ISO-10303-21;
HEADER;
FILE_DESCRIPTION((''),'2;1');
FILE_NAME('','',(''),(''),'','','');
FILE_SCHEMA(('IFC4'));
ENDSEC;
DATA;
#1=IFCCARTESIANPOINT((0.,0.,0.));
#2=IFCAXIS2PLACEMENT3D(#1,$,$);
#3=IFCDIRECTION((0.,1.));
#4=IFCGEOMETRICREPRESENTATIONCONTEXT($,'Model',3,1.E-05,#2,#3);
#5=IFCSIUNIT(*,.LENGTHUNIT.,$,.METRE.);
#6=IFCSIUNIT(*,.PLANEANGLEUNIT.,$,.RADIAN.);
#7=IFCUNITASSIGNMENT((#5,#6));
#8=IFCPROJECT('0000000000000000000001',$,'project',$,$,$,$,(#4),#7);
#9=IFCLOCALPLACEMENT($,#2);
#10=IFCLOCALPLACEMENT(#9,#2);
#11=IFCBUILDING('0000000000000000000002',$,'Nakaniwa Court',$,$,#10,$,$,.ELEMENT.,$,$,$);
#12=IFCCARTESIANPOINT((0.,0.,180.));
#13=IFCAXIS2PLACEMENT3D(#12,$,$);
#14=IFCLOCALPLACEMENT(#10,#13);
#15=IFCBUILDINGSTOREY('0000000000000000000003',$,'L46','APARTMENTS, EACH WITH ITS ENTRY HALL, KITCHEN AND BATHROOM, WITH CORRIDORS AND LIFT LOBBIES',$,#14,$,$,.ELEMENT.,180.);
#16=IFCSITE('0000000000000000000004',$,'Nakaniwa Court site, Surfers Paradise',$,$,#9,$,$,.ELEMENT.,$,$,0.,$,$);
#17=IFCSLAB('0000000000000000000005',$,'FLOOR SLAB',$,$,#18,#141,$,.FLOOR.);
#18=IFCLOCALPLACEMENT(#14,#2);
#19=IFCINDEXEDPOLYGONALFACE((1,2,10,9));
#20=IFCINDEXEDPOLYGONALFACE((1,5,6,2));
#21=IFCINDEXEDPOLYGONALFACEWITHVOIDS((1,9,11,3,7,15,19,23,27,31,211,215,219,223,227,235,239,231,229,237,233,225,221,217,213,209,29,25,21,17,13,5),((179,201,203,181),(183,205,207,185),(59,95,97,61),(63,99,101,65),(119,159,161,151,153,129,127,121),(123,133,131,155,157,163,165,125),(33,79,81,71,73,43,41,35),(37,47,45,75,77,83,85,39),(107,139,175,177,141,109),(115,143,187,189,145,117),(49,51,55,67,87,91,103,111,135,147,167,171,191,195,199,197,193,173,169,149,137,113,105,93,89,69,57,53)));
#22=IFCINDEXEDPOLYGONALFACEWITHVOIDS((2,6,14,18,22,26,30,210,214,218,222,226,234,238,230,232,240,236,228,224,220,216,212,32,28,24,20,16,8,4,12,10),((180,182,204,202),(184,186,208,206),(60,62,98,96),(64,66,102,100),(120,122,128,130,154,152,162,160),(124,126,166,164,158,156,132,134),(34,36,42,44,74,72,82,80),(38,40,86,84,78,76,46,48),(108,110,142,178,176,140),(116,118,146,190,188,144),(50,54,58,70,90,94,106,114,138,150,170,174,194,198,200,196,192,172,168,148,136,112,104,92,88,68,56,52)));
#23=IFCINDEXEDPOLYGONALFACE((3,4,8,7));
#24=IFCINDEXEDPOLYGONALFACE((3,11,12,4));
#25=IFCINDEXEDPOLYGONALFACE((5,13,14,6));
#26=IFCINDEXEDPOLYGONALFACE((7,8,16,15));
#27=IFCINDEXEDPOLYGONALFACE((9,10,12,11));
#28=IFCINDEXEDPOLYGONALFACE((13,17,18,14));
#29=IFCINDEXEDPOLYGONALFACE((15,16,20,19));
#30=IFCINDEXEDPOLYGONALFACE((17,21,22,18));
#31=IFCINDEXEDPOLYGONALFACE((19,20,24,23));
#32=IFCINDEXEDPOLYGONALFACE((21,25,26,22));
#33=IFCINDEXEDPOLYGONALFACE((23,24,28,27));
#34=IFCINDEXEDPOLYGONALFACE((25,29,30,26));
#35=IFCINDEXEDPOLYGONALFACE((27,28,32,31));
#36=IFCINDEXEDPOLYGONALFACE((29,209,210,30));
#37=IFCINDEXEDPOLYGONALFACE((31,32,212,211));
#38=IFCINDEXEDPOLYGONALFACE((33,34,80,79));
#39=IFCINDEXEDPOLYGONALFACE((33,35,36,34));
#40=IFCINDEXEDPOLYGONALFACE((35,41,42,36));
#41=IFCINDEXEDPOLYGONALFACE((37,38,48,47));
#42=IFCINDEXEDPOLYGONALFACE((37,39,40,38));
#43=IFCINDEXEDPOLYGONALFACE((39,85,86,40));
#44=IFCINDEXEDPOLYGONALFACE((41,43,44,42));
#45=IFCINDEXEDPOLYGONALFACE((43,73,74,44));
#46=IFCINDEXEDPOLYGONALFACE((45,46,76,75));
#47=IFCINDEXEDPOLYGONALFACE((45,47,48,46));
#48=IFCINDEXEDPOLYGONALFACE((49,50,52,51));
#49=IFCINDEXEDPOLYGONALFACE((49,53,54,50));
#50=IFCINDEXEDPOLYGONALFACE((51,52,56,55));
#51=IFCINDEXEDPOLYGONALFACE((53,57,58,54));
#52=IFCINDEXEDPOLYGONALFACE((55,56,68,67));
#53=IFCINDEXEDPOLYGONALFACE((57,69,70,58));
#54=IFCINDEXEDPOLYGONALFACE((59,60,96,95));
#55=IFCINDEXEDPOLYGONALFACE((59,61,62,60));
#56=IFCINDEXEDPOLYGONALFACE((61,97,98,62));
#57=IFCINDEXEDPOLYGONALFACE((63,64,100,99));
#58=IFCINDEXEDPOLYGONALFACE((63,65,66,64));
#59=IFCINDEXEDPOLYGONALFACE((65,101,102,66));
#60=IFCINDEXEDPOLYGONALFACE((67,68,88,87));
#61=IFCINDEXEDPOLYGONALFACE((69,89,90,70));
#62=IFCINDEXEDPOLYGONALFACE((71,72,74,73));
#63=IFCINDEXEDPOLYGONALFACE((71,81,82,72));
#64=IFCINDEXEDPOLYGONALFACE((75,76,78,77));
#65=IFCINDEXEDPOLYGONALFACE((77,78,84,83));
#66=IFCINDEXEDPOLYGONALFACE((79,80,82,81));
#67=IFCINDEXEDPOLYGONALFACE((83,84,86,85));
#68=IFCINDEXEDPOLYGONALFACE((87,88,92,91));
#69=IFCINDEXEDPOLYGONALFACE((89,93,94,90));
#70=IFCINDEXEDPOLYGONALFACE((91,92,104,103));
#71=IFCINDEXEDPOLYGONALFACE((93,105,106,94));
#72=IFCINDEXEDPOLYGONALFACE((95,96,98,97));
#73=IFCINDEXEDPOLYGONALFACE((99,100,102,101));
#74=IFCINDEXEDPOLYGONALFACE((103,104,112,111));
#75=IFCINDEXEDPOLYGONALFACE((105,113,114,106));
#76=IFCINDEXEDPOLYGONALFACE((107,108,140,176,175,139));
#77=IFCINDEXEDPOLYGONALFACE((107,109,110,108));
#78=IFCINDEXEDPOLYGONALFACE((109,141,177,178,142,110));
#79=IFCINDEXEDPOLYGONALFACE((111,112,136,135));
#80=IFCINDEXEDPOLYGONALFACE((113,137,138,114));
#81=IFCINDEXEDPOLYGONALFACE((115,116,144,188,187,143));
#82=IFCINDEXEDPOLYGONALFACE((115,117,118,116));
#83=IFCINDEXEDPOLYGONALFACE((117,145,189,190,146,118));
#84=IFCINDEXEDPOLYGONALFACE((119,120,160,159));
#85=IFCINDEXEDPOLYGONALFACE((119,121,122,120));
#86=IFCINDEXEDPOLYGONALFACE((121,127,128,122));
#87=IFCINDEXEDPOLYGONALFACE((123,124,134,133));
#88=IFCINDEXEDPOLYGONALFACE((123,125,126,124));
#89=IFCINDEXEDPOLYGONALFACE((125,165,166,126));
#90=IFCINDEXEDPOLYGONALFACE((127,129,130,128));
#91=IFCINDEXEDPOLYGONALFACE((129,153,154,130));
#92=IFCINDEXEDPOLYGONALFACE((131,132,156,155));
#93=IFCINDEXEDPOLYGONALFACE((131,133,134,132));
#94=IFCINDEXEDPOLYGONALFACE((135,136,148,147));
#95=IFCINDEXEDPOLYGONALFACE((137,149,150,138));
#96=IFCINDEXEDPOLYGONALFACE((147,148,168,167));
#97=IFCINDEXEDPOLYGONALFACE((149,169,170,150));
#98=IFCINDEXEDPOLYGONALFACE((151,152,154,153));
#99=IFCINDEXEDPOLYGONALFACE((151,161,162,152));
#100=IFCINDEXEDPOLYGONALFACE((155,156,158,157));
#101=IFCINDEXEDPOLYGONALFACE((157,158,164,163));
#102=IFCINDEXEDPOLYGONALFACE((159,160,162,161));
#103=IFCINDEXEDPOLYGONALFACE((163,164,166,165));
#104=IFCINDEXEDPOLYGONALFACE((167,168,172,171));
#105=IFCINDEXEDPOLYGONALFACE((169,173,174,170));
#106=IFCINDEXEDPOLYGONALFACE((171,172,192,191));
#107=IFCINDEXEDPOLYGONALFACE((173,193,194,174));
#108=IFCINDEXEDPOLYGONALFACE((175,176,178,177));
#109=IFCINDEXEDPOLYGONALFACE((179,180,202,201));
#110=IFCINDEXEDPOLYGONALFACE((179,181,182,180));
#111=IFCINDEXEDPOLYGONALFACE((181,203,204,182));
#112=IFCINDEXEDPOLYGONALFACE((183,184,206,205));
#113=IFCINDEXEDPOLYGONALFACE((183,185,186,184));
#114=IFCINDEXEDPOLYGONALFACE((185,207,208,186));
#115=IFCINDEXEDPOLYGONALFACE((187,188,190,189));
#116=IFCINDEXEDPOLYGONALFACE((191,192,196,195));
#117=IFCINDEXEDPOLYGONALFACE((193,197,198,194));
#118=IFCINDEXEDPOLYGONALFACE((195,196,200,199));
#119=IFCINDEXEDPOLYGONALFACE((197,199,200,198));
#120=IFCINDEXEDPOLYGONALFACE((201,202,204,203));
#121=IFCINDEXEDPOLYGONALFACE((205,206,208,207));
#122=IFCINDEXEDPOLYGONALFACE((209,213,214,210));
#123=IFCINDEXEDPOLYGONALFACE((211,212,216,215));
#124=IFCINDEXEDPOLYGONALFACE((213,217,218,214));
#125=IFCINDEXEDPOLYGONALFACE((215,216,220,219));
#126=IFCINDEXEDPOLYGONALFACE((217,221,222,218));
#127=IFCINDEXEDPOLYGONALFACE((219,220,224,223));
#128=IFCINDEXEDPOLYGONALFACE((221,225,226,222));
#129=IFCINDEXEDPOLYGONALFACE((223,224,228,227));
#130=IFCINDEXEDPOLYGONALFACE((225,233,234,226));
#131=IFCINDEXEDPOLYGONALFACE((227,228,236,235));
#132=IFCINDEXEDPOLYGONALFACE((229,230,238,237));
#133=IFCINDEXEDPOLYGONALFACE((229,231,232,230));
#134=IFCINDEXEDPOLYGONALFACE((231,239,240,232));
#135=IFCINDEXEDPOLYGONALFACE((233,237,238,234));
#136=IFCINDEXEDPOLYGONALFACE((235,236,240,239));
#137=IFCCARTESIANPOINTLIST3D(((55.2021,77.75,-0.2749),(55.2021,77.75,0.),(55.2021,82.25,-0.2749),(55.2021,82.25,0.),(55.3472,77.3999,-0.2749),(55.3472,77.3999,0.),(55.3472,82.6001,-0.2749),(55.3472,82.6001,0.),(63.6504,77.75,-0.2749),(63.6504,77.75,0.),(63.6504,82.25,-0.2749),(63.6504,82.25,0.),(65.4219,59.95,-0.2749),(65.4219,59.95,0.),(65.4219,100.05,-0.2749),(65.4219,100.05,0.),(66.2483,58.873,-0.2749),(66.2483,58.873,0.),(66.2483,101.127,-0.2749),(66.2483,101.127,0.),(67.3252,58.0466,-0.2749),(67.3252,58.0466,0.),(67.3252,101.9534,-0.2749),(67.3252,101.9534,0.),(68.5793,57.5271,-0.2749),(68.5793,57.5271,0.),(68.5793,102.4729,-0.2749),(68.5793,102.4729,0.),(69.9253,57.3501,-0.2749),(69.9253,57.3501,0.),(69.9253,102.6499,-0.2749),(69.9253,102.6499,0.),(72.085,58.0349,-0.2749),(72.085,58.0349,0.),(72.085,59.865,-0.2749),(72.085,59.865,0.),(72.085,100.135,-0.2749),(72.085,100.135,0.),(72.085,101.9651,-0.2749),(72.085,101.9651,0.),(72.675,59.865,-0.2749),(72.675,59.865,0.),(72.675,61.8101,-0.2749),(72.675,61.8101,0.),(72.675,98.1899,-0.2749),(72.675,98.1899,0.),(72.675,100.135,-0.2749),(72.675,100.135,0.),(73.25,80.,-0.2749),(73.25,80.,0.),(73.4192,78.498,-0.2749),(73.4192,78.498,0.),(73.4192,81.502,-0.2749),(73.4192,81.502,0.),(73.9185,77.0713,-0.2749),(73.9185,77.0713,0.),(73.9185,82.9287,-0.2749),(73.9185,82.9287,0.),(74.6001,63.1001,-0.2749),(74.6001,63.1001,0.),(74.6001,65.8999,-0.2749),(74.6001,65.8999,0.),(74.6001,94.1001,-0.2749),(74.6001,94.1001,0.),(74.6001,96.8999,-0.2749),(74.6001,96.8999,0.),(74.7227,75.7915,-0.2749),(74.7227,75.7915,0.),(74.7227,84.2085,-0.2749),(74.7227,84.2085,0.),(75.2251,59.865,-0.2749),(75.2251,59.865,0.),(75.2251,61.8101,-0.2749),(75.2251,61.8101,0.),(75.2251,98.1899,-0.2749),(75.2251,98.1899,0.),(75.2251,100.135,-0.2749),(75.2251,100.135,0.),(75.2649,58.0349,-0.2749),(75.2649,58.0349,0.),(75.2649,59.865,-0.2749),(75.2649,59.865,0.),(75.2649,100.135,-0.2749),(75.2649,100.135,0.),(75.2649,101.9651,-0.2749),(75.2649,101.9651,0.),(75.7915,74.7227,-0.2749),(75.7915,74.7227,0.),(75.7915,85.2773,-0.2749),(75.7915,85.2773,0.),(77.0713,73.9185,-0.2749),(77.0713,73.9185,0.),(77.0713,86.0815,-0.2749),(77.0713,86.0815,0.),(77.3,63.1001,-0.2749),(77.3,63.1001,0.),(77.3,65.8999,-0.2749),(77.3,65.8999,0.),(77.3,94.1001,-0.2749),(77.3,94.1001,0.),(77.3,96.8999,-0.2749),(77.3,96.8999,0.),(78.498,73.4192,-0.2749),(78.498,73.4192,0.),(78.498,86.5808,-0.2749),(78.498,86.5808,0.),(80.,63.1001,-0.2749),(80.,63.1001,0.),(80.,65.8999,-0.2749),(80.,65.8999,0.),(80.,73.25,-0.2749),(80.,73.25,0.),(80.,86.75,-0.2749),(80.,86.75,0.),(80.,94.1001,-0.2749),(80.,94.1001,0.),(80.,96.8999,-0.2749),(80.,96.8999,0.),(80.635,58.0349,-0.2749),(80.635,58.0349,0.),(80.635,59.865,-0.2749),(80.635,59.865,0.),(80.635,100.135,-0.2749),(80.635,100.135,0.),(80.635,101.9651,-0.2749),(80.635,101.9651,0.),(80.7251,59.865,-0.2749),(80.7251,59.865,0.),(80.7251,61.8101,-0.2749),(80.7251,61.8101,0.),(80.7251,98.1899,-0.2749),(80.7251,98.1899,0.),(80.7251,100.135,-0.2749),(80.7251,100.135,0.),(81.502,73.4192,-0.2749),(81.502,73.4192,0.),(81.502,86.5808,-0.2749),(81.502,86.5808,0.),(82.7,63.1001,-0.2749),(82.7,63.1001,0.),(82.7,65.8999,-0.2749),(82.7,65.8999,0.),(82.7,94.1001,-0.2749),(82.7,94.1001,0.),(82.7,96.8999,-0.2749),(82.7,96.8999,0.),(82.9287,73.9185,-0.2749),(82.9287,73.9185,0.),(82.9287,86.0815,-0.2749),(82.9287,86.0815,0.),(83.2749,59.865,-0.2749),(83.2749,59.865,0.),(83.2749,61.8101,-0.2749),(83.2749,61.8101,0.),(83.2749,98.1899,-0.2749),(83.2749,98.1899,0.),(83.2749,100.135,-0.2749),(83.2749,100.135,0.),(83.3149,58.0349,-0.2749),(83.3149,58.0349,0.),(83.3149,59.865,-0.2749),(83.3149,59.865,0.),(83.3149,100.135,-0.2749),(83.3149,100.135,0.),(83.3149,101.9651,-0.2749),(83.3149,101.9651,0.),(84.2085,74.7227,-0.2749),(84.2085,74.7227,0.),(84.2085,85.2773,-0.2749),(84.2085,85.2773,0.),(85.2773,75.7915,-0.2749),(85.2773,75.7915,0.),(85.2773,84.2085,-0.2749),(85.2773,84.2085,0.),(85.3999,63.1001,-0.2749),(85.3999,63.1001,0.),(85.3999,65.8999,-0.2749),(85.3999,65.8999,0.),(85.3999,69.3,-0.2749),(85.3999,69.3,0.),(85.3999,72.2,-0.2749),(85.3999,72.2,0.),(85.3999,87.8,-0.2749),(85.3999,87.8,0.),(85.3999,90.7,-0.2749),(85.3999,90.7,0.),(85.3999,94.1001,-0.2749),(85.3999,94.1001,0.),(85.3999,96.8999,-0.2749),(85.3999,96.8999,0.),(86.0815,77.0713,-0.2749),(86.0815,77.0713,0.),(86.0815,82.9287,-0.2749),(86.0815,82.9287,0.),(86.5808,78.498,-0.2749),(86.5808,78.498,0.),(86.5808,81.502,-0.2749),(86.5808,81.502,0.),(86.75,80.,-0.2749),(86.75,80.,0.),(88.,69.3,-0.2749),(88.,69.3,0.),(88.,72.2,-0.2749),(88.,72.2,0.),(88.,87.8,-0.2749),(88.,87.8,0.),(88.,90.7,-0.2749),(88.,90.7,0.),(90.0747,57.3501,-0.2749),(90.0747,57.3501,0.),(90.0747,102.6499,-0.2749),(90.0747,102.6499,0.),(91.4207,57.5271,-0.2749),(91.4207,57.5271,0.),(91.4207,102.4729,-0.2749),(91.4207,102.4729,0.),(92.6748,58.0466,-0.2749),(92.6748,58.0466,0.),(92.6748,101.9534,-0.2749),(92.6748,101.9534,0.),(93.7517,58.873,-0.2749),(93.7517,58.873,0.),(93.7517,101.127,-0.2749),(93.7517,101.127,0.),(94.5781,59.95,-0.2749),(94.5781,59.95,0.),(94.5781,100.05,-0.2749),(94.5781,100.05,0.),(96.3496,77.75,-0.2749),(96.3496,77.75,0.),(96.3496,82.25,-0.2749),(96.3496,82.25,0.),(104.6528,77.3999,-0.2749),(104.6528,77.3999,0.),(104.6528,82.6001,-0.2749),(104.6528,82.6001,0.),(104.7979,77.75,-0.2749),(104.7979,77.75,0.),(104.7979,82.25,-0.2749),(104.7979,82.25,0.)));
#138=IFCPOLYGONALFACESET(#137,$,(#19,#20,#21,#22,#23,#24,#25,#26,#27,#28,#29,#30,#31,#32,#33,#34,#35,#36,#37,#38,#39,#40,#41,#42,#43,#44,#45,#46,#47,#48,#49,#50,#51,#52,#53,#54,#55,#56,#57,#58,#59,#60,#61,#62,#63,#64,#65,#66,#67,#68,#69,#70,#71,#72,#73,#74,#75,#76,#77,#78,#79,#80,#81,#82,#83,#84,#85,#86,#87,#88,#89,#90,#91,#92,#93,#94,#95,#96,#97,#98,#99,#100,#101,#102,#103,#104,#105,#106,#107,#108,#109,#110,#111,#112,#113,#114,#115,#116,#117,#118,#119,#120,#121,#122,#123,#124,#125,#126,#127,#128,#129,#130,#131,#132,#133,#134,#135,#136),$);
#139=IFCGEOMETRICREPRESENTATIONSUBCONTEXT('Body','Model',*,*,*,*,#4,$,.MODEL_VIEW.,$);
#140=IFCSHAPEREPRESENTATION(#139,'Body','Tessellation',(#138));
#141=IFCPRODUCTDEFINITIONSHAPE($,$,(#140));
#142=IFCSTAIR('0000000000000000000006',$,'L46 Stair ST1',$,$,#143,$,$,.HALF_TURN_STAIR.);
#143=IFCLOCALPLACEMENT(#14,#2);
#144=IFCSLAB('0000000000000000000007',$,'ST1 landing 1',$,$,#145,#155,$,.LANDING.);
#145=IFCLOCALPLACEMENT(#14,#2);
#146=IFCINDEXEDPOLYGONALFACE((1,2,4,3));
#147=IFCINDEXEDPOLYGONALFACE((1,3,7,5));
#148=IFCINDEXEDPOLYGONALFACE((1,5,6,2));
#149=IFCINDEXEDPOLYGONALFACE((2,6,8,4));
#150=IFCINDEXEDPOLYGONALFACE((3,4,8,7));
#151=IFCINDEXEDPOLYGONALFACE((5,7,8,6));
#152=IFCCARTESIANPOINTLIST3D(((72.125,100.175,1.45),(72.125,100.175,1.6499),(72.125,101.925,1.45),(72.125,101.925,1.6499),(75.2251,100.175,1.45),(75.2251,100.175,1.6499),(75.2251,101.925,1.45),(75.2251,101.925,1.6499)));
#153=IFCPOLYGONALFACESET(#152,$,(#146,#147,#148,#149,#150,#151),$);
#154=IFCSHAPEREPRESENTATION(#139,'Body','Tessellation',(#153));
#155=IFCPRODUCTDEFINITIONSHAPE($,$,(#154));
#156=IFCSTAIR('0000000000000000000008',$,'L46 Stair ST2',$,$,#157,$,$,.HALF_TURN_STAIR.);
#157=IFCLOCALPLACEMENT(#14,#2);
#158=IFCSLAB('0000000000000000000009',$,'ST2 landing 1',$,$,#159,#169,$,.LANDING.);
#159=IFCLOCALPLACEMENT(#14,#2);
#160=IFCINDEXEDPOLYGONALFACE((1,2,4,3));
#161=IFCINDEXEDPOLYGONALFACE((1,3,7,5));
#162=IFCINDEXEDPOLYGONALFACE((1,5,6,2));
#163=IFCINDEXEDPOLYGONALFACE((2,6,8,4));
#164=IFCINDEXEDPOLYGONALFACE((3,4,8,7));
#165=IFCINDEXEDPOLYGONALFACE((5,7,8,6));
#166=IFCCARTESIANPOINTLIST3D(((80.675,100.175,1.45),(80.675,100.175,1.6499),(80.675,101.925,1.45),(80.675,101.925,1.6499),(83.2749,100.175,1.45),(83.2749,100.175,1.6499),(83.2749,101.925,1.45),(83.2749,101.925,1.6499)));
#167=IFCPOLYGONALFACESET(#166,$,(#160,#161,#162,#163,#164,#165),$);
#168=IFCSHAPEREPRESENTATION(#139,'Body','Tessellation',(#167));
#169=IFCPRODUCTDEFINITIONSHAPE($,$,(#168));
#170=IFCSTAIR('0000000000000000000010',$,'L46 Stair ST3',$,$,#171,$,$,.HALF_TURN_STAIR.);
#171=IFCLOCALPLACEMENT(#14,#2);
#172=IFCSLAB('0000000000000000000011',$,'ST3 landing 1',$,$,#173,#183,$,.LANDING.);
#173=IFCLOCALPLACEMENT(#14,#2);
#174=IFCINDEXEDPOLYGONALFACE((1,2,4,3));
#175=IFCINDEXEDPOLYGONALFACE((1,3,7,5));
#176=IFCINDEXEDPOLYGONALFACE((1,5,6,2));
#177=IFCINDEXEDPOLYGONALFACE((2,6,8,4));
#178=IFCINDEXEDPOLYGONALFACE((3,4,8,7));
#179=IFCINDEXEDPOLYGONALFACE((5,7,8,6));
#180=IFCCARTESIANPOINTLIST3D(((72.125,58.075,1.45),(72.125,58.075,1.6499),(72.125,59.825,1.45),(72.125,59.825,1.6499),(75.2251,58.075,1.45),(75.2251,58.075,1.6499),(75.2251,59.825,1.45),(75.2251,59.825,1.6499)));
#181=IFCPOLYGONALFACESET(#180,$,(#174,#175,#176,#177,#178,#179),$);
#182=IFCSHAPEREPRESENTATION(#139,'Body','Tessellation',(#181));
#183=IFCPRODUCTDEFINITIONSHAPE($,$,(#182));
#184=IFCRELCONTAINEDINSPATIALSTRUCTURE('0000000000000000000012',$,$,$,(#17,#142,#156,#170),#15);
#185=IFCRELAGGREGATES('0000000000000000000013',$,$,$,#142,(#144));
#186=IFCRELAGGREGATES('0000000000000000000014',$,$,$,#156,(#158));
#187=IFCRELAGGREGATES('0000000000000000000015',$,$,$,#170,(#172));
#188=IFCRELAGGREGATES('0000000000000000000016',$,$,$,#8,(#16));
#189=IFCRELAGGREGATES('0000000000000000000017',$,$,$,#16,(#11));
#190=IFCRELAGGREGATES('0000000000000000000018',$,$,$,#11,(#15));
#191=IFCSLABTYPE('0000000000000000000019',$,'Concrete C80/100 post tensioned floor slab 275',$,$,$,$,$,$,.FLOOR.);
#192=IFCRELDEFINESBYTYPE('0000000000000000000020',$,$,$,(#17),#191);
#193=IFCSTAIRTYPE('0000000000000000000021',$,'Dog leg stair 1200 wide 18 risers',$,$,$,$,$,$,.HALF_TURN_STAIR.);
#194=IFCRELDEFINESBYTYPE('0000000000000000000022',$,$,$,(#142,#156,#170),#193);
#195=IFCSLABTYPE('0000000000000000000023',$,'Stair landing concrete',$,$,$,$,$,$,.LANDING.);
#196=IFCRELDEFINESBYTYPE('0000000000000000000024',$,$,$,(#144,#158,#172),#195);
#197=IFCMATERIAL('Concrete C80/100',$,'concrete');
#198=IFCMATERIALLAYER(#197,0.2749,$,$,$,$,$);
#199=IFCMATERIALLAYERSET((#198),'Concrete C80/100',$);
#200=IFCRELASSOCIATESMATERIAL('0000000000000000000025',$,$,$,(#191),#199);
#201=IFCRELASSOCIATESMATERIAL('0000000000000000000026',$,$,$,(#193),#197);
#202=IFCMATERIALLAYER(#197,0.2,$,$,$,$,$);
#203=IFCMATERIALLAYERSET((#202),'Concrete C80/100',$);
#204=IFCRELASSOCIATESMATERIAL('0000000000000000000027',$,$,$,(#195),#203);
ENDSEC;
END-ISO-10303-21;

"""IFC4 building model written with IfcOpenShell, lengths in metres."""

from ifc_helpers import new_model, si_unit, direction, frame, origin, place, context, subcontext, project, spatial, polyline, outline, extrude, material, layer, layer_set, type_object, element, aggregate, save


model = new_model("IFC4")

# Units and contexts
model_context = context("Model", 3, precision=1e-05, world=origin(), true_north=direction((0.0, 1.0)))
body_context = subcontext(model_context, "Body", "Model", "MODEL_VIEW")
ifc_project = project(units=[si_unit("LENGTHUNIT", "METRE"), si_unit("PLANEANGLEUNIT", "RADIAN")], contexts=[model_context])

# Site, building, storey
site_placement = place(None, origin())
site = spatial("IfcSite", under=ifc_project, at=site_placement, Name="Nakaniwa Court site, Surfers Paradise", CompositionType="ELEMENT", RefElevation=0.0)
building_placement = place(site_placement, origin())
building = spatial("IfcBuilding", under=site, at=building_placement, Name="Nakaniwa Court", CompositionType="ELEMENT")
storey_placement = place(building_placement, frame((0.0, 0.0, 180.0)))
storey = spatial("IfcBuildingStorey", under=building, at=storey_placement, Name="L46", Description="APARTMENTS, EACH WITH ITS ENTRY HALL, KITCHEN AND BATHROOM, WITH CORRIDORS AND LIFT LOBBIES", CompositionType="ELEMENT", Elevation=180.0)

# Shared definitions
ifc_material_1 = material(Name="Concrete C80/100", Category="concrete")

# Slab
ifc_layer_1 = layer(ifc_material_1, 0.2749)
ifc_layer_set_1 = layer_set([ifc_layer_1], Name="Concrete C80/100")
slab_type_1 = type_object("IfcSlabType", Name="Concrete C80/100 post tensioned floor slab 275", PredefinedType="FLOOR", material=ifc_layer_set_1)
slab_1_placement = place(storey_placement, frame((0.0, 0.0, -0.2749)))
element("IfcSlab", 1, at=slab_1_placement, inside=storey, type_object=slab_type_1, Name="FLOOR SLAB", PredefinedType="FLOOR", context=body_context, shape_type="SweptSolid", body=[
    extrude(outline(polyline([(96.3496, 82.25), (104.7979, 82.25), (104.6528, 82.6001), (94.5781, 100.05), (93.7517, 101.127), (92.6748, 101.9534), (91.4207, 102.4729), (90.0747, 102.6499), (69.9253, 102.6499), (68.5793, 102.4729), (67.3252, 101.9534), (66.2483, 101.127), (65.4219, 100.05), (55.3472, 82.6001), (55.2021, 82.25), (63.6504, 82.25), (63.6504, 77.75), (55.2021, 77.75), (55.3472, 77.3999), (65.4219, 59.95), (66.2483, 58.873), (67.3252, 58.0466), (68.5793, 57.5271), (69.9253, 57.3501), (90.0747, 57.3501), (91.4207, 57.5271), (92.6748, 58.0466), (93.7517, 58.873), (94.5781, 59.95), (104.6528, 77.3999), (104.7979, 77.75), (96.3496, 77.75), (96.3496, 82.25)]), holes=[polyline([(81.502, 86.5808), (80.0, 86.75), (78.498, 86.5808), (77.0713, 86.0815), (75.7915, 85.2773), (74.7227, 84.2085), (73.9185, 82.9287), (73.4192, 81.502), (73.25, 80.0), (73.4192, 78.498), (73.9185, 77.0713), (74.7227, 75.7915), (75.7915, 74.7227), (77.0713, 73.9185), (78.498, 73.4192), (80.0, 73.25), (81.502, 73.4192), (82.9287, 73.9185), (84.2085, 74.7227), (85.2773, 75.7915), (86.0815, 77.0713), (86.5808, 78.498), (86.75, 80.0), (86.5808, 81.502), (86.0815, 82.9287), (85.2773, 84.2085), (84.2085, 85.2773), (82.9287, 86.0815), (81.502, 86.5808)]), polyline([(72.675, 61.8101), (72.675, 59.865), (72.085, 59.865), (72.085, 58.0349), (75.2649, 58.0349), (75.2649, 59.865), (75.2251, 59.865), (75.2251, 61.8101), (72.675, 61.8101)]), polyline([(77.3, 65.8999), (74.6001, 65.8999), (74.6001, 63.1001), (77.3, 63.1001), (77.3, 65.8999)]), polyline([(80.0, 65.8999), (80.0, 63.1001), (82.7, 63.1001), (85.3999, 63.1001), (85.3999, 65.8999), (82.7, 65.8999), (80.0, 65.8999)]), polyline([(77.3, 96.8999), (74.6001, 96.8999), (74.6001, 94.1001), (77.3, 94.1001), (77.3, 96.8999)]), polyline([(80.0, 96.8999), (80.0, 94.1001), (82.7, 94.1001), (85.3999, 94.1001), (85.3999, 96.8999), (82.7, 96.8999), (80.0, 96.8999)]), polyline([(75.2649, 100.135), (75.2649, 101.9651), (72.085, 101.9651), (72.085, 100.135), (72.675, 100.135), (72.675, 98.1899), (75.2251, 98.1899), (75.2251, 100.135), (75.2649, 100.135)]), polyline([(83.2749, 61.8101), (80.7251, 61.8101), (80.7251, 59.865), (80.635, 59.865), (80.635, 58.0349), (83.3149, 58.0349), (83.3149, 59.865), (83.2749, 59.865), (83.2749, 61.8101)]), polyline([(88.0, 72.2), (85.3999, 72.2), (85.3999, 69.3), (88.0, 69.3), (88.0, 72.2)]), polyline([(88.0, 90.7), (85.3999, 90.7), (85.3999, 87.8), (88.0, 87.8), (88.0, 90.7)]), polyline([(83.3149, 100.135), (83.3149, 101.9651), (80.635, 101.9651), (80.635, 100.135), (80.7251, 100.135), (80.7251, 98.1899), (83.2749, 98.1899), (83.2749, 100.135), (83.3149, 100.135)])]), origin(), (0.0, 0.0, 1.0), 0.2749),
])

# Stairs, slabs
stair_type = type_object("IfcStairType", Name="Dog leg stair 1200 wide 18 risers", PredefinedType="HALF_TURN_STAIR", material=ifc_material_1)
stair_1_placement = place(storey_placement, origin())
stair_1 = element("IfcStair", 2, at=stair_1_placement, inside=storey, type_object=stair_type, Name="L46 Stair ST1", PredefinedType="HALF_TURN_STAIR")
ifc_layer_2 = layer(ifc_material_1, 0.2)
ifc_layer_set_2 = layer_set([ifc_layer_2], Name="Concrete C80/100")
slab_type_2 = type_object("IfcSlabType", Name="Stair landing concrete", PredefinedType="LANDING", material=ifc_layer_set_2)
slab_2_placement = place(storey_placement, frame((0.0, 0.0, 1.45)))
slab_2 = element("IfcSlab", 3, at=slab_2_placement, type_object=slab_type_2, Name="ST1 landing 1", PredefinedType="LANDING", context=body_context, shape_type="SweptSolid", body=[
    extrude(outline(polyline([(75.2251, 100.175), (75.2251, 101.925), (72.125, 101.925), (72.125, 100.175), (75.2251, 100.175)])), origin(), (0.0, 0.0, 1.0), 0.2),
])
aggregate(stair_1, [slab_2])
stair_2_placement = place(storey_placement, origin())
stair_2 = element("IfcStair", 4, at=stair_2_placement, inside=storey, type_object=stair_type, Name="L46 Stair ST2", PredefinedType="HALF_TURN_STAIR")
slab_3_placement = place(storey_placement, frame((0.0, 0.0, 1.45)))
slab_3 = element("IfcSlab", 5, at=slab_3_placement, type_object=slab_type_2, Name="ST2 landing 1", PredefinedType="LANDING", context=body_context, shape_type="SweptSolid", body=[
    extrude(outline(polyline([(83.2749, 100.175), (83.2749, 101.925), (80.675, 101.925), (80.675, 100.175), (83.2749, 100.175)])), origin(), (0.0, 0.0, 1.0), 0.2),
])
aggregate(stair_2, [slab_3])
stair_3_placement = place(storey_placement, origin())
stair_3 = element("IfcStair", 6, at=stair_3_placement, inside=storey, type_object=stair_type, Name="L46 Stair ST3", PredefinedType="HALF_TURN_STAIR")
slab_4_placement = place(storey_placement, frame((0.0, 0.0, 1.45)))
slab_4 = element("IfcSlab", 7, at=slab_4_placement, type_object=slab_type_2, Name="ST3 landing 1", PredefinedType="LANDING", context=body_context, shape_type="SweptSolid", body=[
    extrude(outline(polyline([(75.2251, 58.075), (75.2251, 59.825), (72.125, 59.825), (72.125, 58.075), (75.2251, 58.075)])), origin(), (0.0, 0.0, 1.0), 0.2),
])
aggregate(stair_3, [slab_4])

save(model, "model.ifc")
